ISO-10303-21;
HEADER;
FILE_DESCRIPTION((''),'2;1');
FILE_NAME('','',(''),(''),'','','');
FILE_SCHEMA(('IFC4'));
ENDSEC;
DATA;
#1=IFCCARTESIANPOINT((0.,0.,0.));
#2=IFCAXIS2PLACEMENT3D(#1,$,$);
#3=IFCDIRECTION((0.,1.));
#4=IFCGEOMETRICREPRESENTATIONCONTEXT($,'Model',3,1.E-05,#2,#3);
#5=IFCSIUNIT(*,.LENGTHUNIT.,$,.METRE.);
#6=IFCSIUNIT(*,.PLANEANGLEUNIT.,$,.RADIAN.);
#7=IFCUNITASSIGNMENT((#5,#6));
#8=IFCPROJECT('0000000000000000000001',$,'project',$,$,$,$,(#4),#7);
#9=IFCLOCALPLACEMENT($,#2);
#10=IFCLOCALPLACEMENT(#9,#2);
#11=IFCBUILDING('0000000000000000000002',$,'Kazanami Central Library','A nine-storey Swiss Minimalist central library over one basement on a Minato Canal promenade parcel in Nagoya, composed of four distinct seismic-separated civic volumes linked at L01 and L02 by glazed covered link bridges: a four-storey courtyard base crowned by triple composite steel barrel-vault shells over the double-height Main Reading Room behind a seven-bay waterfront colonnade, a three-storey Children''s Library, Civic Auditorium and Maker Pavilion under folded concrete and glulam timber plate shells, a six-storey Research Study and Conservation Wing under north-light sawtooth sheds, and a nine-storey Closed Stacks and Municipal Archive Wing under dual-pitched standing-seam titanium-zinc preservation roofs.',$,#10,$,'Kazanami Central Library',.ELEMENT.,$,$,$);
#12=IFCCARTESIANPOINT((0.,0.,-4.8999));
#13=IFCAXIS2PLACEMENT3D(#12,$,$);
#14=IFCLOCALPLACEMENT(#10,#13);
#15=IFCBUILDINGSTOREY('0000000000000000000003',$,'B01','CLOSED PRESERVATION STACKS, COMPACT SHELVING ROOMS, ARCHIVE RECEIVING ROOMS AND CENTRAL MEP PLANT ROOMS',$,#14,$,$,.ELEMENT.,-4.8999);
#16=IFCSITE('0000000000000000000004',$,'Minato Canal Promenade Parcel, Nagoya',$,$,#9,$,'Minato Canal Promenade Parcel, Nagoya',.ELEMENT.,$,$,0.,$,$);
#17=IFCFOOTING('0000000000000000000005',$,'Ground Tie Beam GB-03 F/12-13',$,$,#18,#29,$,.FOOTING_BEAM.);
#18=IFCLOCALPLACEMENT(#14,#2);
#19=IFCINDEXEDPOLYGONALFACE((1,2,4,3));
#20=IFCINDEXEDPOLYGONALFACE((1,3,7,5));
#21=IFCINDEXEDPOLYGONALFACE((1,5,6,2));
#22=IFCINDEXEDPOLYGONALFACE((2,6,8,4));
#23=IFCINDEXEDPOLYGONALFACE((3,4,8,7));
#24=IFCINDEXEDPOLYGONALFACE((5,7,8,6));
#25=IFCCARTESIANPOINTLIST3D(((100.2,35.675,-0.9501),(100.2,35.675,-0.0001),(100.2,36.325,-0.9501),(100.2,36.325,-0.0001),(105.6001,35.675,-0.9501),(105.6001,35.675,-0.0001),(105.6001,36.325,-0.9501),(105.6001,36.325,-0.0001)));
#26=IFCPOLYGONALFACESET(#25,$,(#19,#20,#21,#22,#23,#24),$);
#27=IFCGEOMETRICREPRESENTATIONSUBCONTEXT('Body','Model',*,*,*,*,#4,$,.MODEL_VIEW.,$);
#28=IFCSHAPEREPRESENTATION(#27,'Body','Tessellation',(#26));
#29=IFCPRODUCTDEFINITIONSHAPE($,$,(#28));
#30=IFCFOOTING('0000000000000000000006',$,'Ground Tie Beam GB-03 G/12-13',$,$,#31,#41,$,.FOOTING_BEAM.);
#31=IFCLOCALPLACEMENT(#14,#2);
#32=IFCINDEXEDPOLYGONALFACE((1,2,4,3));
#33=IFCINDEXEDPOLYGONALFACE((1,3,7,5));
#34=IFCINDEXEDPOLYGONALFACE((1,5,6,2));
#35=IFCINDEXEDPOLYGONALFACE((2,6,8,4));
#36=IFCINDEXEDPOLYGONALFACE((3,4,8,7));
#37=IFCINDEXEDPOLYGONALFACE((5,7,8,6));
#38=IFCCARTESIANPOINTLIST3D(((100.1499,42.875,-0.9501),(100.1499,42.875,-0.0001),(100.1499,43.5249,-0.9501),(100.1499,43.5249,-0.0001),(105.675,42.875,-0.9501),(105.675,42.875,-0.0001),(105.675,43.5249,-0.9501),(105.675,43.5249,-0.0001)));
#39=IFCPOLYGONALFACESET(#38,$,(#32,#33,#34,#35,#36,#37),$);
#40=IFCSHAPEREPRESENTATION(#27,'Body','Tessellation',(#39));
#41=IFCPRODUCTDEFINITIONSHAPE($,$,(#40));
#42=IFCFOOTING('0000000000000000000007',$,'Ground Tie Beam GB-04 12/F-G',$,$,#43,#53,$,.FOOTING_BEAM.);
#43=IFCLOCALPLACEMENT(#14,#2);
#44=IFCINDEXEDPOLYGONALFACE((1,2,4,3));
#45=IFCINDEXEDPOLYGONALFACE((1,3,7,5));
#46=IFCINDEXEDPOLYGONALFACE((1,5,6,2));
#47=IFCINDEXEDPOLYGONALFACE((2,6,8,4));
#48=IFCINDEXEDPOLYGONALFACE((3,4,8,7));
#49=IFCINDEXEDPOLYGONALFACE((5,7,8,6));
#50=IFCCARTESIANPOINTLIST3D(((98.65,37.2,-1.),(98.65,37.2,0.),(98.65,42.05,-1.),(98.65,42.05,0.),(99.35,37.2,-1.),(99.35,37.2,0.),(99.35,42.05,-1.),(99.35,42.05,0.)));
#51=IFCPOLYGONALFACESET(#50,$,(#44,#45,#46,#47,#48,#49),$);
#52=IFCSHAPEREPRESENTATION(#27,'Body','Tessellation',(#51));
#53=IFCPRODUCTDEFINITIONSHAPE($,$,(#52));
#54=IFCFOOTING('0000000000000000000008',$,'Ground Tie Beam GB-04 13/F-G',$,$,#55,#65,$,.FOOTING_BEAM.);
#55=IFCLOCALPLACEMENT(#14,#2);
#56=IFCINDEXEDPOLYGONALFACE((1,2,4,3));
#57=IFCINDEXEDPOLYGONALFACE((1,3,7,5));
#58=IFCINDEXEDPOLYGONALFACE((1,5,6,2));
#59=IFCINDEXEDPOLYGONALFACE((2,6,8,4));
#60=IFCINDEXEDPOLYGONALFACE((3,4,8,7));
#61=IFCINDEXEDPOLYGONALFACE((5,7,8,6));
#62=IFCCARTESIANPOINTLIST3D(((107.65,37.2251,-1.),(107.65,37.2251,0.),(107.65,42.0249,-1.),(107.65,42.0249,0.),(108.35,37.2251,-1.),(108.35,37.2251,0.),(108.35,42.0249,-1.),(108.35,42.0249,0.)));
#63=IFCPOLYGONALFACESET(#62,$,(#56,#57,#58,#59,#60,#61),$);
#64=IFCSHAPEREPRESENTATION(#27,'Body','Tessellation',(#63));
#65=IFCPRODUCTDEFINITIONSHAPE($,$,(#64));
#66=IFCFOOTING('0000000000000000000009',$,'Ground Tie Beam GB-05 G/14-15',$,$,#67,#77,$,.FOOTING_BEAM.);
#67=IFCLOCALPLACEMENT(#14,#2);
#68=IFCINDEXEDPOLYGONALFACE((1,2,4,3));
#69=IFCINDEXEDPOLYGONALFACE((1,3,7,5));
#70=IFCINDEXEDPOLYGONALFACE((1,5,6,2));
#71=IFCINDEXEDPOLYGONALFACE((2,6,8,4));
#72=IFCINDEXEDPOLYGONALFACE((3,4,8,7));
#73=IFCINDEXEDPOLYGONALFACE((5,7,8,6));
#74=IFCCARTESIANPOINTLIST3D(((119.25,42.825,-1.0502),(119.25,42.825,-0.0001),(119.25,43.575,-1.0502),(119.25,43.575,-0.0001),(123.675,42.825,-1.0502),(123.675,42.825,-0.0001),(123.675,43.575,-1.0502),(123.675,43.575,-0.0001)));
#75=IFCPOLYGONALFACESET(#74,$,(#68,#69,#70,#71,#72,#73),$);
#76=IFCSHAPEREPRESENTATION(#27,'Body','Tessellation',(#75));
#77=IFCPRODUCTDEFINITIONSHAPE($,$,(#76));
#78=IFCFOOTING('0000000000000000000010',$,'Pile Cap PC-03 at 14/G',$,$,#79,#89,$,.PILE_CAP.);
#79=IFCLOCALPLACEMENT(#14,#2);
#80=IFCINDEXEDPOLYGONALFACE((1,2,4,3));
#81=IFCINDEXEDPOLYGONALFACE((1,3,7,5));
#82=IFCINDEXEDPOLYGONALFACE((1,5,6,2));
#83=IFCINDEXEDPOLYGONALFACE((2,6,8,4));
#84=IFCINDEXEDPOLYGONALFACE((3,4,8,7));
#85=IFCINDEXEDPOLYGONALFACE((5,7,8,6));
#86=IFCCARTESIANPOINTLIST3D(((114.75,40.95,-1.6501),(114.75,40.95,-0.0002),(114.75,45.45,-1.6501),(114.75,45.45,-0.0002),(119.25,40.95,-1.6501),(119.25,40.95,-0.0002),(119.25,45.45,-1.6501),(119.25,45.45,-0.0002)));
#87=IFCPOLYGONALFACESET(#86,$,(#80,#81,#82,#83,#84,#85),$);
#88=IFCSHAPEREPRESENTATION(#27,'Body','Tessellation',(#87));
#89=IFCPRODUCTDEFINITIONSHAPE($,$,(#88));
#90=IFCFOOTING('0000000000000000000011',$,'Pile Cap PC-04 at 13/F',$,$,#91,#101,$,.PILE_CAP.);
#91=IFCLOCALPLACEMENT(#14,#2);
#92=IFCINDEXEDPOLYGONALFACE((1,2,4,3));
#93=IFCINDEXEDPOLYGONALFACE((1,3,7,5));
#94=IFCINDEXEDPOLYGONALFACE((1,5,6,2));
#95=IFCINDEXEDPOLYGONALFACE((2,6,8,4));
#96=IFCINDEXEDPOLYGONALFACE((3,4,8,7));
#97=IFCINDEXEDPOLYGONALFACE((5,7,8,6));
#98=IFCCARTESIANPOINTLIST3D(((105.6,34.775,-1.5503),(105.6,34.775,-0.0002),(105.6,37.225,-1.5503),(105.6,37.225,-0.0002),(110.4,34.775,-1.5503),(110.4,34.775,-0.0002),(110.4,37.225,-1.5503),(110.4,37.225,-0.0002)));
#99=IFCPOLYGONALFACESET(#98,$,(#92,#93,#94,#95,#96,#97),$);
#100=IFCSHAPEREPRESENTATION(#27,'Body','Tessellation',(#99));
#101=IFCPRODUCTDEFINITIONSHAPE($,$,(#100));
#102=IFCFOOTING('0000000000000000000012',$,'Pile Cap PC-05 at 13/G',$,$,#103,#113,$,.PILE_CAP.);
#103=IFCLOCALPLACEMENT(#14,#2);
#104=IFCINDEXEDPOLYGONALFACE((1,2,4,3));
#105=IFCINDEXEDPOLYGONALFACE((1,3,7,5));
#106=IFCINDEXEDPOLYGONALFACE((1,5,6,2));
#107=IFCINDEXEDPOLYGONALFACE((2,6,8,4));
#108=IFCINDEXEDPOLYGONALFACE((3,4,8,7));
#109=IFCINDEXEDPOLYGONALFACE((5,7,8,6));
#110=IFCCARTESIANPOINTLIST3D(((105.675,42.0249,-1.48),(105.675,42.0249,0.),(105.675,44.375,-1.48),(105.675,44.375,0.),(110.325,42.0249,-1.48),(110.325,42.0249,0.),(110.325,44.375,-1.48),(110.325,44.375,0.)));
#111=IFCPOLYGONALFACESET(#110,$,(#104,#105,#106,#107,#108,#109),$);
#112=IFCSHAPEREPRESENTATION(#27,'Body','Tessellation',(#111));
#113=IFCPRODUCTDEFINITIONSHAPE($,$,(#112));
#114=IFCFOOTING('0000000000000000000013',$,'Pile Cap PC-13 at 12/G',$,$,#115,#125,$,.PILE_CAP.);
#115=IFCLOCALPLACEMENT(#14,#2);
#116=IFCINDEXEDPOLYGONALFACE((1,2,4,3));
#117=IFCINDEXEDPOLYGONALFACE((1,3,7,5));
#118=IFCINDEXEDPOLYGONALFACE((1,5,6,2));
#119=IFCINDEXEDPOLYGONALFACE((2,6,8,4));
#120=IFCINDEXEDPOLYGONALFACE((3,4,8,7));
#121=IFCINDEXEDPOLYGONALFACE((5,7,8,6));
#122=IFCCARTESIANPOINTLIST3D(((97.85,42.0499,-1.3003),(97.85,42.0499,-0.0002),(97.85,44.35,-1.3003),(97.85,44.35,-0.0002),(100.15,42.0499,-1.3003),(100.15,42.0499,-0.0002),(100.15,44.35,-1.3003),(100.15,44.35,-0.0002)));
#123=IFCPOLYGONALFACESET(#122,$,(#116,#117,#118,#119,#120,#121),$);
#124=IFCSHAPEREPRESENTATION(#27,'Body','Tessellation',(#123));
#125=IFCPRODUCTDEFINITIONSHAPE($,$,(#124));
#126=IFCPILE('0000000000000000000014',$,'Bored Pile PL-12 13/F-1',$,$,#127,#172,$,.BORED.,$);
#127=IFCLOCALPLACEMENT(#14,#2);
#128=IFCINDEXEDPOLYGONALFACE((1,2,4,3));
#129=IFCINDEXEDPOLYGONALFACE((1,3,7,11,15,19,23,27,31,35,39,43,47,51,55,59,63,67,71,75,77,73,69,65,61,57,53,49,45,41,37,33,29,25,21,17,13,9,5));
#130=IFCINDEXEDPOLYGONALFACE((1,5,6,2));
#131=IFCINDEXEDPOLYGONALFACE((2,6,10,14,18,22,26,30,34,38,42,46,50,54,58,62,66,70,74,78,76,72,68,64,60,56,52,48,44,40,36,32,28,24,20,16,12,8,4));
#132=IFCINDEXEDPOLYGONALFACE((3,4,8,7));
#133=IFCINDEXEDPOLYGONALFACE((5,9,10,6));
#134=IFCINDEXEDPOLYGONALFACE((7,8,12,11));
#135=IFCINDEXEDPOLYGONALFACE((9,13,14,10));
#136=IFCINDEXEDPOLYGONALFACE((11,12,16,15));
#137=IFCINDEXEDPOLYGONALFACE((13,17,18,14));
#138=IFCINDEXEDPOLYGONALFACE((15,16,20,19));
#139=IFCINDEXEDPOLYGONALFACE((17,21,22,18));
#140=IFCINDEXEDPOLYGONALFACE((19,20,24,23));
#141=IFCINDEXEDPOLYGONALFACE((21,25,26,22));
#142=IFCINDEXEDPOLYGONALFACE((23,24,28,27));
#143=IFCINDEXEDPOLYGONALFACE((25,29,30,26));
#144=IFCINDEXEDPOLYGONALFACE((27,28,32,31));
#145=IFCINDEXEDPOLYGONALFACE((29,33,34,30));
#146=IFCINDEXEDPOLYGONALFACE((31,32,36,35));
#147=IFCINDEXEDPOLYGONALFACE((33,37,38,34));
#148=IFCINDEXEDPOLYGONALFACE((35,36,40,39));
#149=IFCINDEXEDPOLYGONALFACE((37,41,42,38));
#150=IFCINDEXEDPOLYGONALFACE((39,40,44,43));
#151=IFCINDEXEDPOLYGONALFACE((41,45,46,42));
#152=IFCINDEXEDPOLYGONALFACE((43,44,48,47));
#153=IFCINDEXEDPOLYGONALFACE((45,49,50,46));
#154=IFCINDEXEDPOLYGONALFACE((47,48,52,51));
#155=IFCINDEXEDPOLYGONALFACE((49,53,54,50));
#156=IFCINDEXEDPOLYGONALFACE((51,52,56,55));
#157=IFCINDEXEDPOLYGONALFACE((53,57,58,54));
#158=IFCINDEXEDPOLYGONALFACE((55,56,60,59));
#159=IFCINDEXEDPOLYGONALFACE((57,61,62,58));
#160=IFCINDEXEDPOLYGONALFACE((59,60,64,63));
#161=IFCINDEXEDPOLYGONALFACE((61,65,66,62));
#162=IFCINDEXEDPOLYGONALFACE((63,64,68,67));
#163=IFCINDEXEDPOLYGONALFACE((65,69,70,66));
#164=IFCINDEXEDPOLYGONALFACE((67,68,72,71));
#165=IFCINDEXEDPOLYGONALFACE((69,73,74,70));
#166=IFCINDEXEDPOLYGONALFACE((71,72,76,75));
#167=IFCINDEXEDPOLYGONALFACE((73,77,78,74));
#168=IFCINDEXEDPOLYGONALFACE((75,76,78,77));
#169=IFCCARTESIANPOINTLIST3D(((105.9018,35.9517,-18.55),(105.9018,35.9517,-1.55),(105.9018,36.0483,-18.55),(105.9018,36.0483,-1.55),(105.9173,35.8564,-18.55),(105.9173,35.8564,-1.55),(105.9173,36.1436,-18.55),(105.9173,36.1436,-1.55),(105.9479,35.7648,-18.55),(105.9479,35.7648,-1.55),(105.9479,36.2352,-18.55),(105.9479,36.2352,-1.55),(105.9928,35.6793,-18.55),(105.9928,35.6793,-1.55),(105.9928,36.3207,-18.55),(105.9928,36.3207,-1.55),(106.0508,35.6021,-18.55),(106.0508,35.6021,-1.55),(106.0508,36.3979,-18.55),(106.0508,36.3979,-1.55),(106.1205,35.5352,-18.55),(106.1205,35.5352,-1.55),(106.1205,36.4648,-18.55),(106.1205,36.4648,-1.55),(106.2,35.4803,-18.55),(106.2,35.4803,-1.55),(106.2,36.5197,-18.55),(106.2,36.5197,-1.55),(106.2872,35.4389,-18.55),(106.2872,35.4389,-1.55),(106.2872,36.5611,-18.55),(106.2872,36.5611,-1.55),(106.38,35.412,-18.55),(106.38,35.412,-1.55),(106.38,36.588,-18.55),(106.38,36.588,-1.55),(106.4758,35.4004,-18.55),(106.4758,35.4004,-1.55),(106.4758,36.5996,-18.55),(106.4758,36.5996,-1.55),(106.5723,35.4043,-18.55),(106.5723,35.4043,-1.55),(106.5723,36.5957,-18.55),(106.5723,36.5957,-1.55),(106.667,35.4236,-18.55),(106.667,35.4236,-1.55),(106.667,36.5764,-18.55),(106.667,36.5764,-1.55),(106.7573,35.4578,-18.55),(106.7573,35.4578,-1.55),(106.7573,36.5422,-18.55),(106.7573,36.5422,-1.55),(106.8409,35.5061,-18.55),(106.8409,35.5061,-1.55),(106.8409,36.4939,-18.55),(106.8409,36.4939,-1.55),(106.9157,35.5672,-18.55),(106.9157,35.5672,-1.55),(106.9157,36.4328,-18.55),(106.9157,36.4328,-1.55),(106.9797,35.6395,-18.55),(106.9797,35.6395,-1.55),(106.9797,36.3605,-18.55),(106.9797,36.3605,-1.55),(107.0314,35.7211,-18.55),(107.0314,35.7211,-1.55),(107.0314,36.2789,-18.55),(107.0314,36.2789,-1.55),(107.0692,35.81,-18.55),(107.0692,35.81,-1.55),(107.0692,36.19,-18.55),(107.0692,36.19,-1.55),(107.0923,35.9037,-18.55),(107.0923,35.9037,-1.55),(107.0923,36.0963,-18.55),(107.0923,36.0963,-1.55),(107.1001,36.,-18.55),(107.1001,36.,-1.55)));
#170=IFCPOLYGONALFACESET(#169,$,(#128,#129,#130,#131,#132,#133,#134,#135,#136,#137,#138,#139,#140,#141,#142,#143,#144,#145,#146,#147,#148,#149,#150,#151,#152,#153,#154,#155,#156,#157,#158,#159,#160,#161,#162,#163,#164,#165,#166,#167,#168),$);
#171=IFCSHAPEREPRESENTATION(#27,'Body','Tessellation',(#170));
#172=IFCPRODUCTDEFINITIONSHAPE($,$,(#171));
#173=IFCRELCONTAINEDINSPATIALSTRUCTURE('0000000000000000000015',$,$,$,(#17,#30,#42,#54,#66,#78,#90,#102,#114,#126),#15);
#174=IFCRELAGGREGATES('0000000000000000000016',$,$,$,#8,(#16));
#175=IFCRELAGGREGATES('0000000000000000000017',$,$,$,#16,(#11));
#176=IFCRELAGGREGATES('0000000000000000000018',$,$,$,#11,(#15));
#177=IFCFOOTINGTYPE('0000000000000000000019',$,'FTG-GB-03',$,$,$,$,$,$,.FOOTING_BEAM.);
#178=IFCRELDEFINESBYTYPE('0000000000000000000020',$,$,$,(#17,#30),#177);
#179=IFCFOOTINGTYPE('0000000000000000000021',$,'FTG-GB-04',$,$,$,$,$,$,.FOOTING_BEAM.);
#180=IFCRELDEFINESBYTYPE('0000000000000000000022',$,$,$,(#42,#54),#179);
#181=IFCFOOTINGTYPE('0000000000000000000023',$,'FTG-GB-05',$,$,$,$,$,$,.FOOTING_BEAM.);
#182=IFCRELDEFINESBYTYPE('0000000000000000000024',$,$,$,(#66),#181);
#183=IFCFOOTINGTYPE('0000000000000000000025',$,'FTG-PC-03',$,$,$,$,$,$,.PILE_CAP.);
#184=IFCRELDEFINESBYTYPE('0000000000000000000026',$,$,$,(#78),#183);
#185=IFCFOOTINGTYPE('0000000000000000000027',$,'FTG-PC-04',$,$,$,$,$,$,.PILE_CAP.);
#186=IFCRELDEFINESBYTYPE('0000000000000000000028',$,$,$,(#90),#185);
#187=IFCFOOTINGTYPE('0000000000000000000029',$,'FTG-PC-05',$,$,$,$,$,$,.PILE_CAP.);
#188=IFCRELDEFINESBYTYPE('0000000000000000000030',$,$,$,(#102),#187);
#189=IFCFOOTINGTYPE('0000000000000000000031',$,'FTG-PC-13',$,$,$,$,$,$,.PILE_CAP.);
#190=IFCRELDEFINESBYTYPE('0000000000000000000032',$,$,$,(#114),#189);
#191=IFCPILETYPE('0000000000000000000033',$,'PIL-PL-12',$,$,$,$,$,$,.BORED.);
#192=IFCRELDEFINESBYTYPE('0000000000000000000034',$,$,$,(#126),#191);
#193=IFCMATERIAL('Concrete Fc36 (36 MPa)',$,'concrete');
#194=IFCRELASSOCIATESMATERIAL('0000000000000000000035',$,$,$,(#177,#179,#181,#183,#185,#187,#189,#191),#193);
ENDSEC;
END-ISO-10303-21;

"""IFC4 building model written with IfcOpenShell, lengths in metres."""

from ifc_helpers import new_model, si_unit, direction, frame, origin, origin_2d, place, context, subcontext, project, spatial, rectangle, circle, extrude, material, material_profile, profile_set, type_object, element, save


model = new_model("IFC4")

# Units and contexts
model_context = context("Model", 3, precision=1e-05, world=origin(), true_north=direction((0.0, 1.0)))
body_context = subcontext(model_context, "Body", "Model", "MODEL_VIEW")
ifc_project = project(units=[si_unit("LENGTHUNIT", "METRE"), si_unit("PLANEANGLEUNIT", "RADIAN")], contexts=[model_context])

# Site, building, storey
site_placement = place(None, origin())
site = spatial("IfcSite", under=ifc_project, at=site_placement, Name="Minato Canal Promenade Parcel, Nagoya", LongName="Minato Canal Promenade Parcel, Nagoya", CompositionType="ELEMENT", RefElevation=0.0)
building_placement = place(site_placement, origin())
building = spatial("IfcBuilding", under=site, at=building_placement, Name="Kazanami Central Library", Description="A nine-storey Swiss Minimalist central library over one basement on a Minato Canal promenade parcel in Nagoya, composed of four distinct seismic-separated civic volumes linked at L01 and L02 by glazed covered link bridges: a four-storey courtyard base crowned by triple composite steel barrel-vault shells over the double-height Main Reading Room behind a seven-bay waterfront colonnade, a three-storey Children's Library, Civic Auditorium and Maker Pavilion under folded concrete and glulam timber plate shells, a six-storey Research Study and Conservation Wing under north-light sawtooth sheds, and a nine-storey Closed Stacks and Municipal Archive Wing under dual-pitched standing-seam titanium-zinc preservation roofs.", LongName="Kazanami Central Library", CompositionType="ELEMENT")
storey_placement = place(building_placement, frame((0.0, 0.0, -4.8999)))
storey = spatial("IfcBuildingStorey", under=building, at=storey_placement, Name="B01", Description="CLOSED PRESERVATION STACKS, COMPACT SHELVING ROOMS, ARCHIVE RECEIVING ROOMS AND CENTRAL MEP PLANT ROOMS", CompositionType="ELEMENT", Elevation=-4.8999)

# Footings
ifc_material_1 = material(Name="Concrete Fc36 (36 MPa)", Category="concrete")
ifc_material_profile_1 = material_profile(ifc_material_1, rectangle(XDim=0.6499, YDim=0.95, at=origin_2d()), Name="RC-650x950")
ifc_profile_set_1 = profile_set([ifc_material_profile_1], Name="Concrete Fc36 (36 MPa)")
footing_type_1 = type_object("IfcFootingType", Name="FTG-GB-03", PredefinedType="FOOTING_BEAM", material=ifc_profile_set_1)
footing_1_placement = place(storey_placement, frame((100.2, 36.0, -0.4751), z_axis=(1.0, 0.0, 0.0), x_axis=(0.0, 1.0, 0.0)))
element("IfcFooting", 1, at=footing_1_placement, inside=storey, type_object=footing_type_1, Name="Ground Tie Beam GB-03 F/12-13", PredefinedType="FOOTING_BEAM", context=body_context, shape_type="SweptSolid", body=[
    extrude(rectangle(XDim=0.6499, YDim=0.95, at=origin_2d()), origin(), (0.0, 0.0, 1.0), 5.4001),
])
footing_2_placement = place(storey_placement, frame((100.1499, 43.2, -0.4751), z_axis=(1.0, 0.0, 0.0), x_axis=(0.0, 1.0, 0.0)))
element("IfcFooting", 2, at=footing_2_placement, inside=storey, type_object=footing_type_1, Name="Ground Tie Beam GB-03 G/12-13", PredefinedType="FOOTING_BEAM", context=body_context, shape_type="SweptSolid", body=[
    extrude(rectangle(XDim=0.6499, YDim=0.95, at=origin_2d()), origin(), (0.0, 0.0, 1.0), 5.5251),
])
ifc_material_profile_2 = material_profile(ifc_material_1, rectangle(XDim=0.7, YDim=1.0, at=origin_2d()), Name="RC-700x1000")
ifc_profile_set_2 = profile_set([ifc_material_profile_2], Name="Concrete Fc36 (36 MPa)")
footing_type_2 = type_object("IfcFootingType", Name="FTG-GB-04", PredefinedType="FOOTING_BEAM", material=ifc_profile_set_2)
footing_3_placement = place(storey_placement, frame((99.0, 37.2, -0.5), z_axis=(0.0, 1.0, 0.0), x_axis=(-1.0, 0.0, 0.0)))
element("IfcFooting", 3, at=footing_3_placement, inside=storey, type_object=footing_type_2, Name="Ground Tie Beam GB-04 12/F-G", PredefinedType="FOOTING_BEAM", context=body_context, shape_type="SweptSolid", body=[
    extrude(rectangle(XDim=0.7, YDim=1.0, at=origin_2d()), origin(), (0.0, 0.0, 1.0), 4.8501),
])
footing_4_placement = place(storey_placement, frame((108.0, 37.2251, -0.5), z_axis=(0.0, 1.0, 0.0), x_axis=(-1.0, 0.0, 0.0)))
element("IfcFooting", 4, at=footing_4_placement, inside=storey, type_object=footing_type_2, Name="Ground Tie Beam GB-04 13/F-G", PredefinedType="FOOTING_BEAM", context=body_context, shape_type="SweptSolid", body=[
    extrude(rectangle(XDim=0.7, YDim=1.0, at=origin_2d()), origin(), (0.0, 0.0, 1.0), 4.7998),
])
ifc_material_profile_3 = material_profile(ifc_material_1, rectangle(XDim=0.75, YDim=1.05, at=origin_2d()), Name="RC-750x1050")
ifc_profile_set_3 = profile_set([ifc_material_profile_3], Name="Concrete Fc36 (36 MPa)")
footing_type_3 = type_object("IfcFootingType", Name="FTG-GB-05", PredefinedType="FOOTING_BEAM", material=ifc_profile_set_3)
footing_5_placement = place(storey_placement, frame((119.25, 43.2, -0.5251), z_axis=(1.0, 0.0, 0.0), x_axis=(0.0, 1.0, 0.0)))
element("IfcFooting", 5, at=footing_5_placement, inside=storey, type_object=footing_type_3, Name="Ground Tie Beam GB-05 G/14-15", PredefinedType="FOOTING_BEAM", context=body_context, shape_type="SweptSolid", body=[
    extrude(rectangle(XDim=0.75, YDim=1.05, at=origin_2d()), origin(), (0.0, 0.0, 1.0), 4.425),
])
footing_type_4 = type_object("IfcFootingType", Name="FTG-PC-03", PredefinedType="PILE_CAP", material=ifc_material_1)
footing_6_placement = place(storey_placement, frame((117.0, 43.2, -1.6501), z_axis=(0.0, 0.0, 1.0), x_axis=(1.0, 0.0, 0.0)))
element("IfcFooting", 6, at=footing_6_placement, inside=storey, type_object=footing_type_4, Name="Pile Cap PC-03 at 14/G", PredefinedType="PILE_CAP", context=body_context, shape_type="SweptSolid", body=[
    extrude(rectangle(XDim=4.5, YDim=4.5, at=origin_2d()), origin(), (0.0, 0.0, 1.0), 1.6499),
])
footing_type_5 = type_object("IfcFootingType", Name="FTG-PC-04", PredefinedType="PILE_CAP", material=ifc_material_1)
footing_7_placement = place(storey_placement, frame((108.0, 36.0, -1.5503), z_axis=(0.0, 0.0, 1.0), x_axis=(1.0, 0.0, 0.0)))
element("IfcFooting", 7, at=footing_7_placement, inside=storey, type_object=footing_type_5, Name="Pile Cap PC-04 at 13/F", PredefinedType="PILE_CAP", context=body_context, shape_type="SweptSolid", body=[
    extrude(rectangle(XDim=4.8, YDim=2.45, at=origin_2d()), origin(), (0.0, 0.0, 1.0), 1.55),
])
footing_type_6 = type_object("IfcFootingType", Name="FTG-PC-05", PredefinedType="PILE_CAP", material=ifc_material_1)
footing_8_placement = place(storey_placement, frame((108.0, 43.2, -1.48), z_axis=(0.0, 0.0, 1.0), x_axis=(1.0, 0.0, 0.0)))
element("IfcFooting", 8, at=footing_8_placement, inside=storey, type_object=footing_type_6, Name="Pile Cap PC-05 at 13/G", PredefinedType="PILE_CAP", context=body_context, shape_type="SweptSolid", body=[
    extrude(rectangle(XDim=4.6499, YDim=2.3501, at=origin_2d()), origin(), (0.0, 0.0, 1.0), 1.48),
])
footing_type_7 = type_object("IfcFootingType", Name="FTG-PC-13", PredefinedType="PILE_CAP", material=ifc_material_1)
footing_9_placement = place(storey_placement, frame((99.0, 43.2, -1.3003), z_axis=(0.0, 0.0, 1.0), x_axis=(1.0, 0.0, 0.0)))
element("IfcFooting", 9, at=footing_9_placement, inside=storey, type_object=footing_type_7, Name="Pile Cap PC-13 at 12/G", PredefinedType="PILE_CAP", context=body_context, shape_type="SweptSolid", body=[
    extrude(rectangle(XDim=2.3, YDim=2.3, at=origin_2d()), origin(), (0.0, 0.0, 1.0), 1.3),
])

# Pile
ifc_material_profile_4 = material_profile(ifc_material_1, circle(Radius=0.6001, at=origin_2d()), Name="BORED-D1200")
ifc_profile_set_4 = profile_set([ifc_material_profile_4], Name="Concrete Fc36 (36 MPa)")
pile_type_1 = type_object("IfcPileType", Name="PIL-PL-12", PredefinedType="BORED", material=ifc_profile_set_4)
for number, where, z_axis, x_axis, name in (
    (10, (106.5, 36.0, -1.55), (0.0, 0.0, -1.0), (1.0, 0.0, 0.0), "Bored Pile PL-12 13/F-1"),
):
    element("IfcPile", number, at=place(storey_placement, frame(where, z_axis=z_axis, x_axis=x_axis)), inside=storey, type_object=pile_type_1, Name=name, PredefinedType="BORED", context=body_context, shape_type="SweptSolid", body=[
        extrude(circle(Radius=0.6001, at=origin_2d()), origin(), (0.0, 0.0, 1.0), 17.0),
    ])

save(model, "model.ifc")
